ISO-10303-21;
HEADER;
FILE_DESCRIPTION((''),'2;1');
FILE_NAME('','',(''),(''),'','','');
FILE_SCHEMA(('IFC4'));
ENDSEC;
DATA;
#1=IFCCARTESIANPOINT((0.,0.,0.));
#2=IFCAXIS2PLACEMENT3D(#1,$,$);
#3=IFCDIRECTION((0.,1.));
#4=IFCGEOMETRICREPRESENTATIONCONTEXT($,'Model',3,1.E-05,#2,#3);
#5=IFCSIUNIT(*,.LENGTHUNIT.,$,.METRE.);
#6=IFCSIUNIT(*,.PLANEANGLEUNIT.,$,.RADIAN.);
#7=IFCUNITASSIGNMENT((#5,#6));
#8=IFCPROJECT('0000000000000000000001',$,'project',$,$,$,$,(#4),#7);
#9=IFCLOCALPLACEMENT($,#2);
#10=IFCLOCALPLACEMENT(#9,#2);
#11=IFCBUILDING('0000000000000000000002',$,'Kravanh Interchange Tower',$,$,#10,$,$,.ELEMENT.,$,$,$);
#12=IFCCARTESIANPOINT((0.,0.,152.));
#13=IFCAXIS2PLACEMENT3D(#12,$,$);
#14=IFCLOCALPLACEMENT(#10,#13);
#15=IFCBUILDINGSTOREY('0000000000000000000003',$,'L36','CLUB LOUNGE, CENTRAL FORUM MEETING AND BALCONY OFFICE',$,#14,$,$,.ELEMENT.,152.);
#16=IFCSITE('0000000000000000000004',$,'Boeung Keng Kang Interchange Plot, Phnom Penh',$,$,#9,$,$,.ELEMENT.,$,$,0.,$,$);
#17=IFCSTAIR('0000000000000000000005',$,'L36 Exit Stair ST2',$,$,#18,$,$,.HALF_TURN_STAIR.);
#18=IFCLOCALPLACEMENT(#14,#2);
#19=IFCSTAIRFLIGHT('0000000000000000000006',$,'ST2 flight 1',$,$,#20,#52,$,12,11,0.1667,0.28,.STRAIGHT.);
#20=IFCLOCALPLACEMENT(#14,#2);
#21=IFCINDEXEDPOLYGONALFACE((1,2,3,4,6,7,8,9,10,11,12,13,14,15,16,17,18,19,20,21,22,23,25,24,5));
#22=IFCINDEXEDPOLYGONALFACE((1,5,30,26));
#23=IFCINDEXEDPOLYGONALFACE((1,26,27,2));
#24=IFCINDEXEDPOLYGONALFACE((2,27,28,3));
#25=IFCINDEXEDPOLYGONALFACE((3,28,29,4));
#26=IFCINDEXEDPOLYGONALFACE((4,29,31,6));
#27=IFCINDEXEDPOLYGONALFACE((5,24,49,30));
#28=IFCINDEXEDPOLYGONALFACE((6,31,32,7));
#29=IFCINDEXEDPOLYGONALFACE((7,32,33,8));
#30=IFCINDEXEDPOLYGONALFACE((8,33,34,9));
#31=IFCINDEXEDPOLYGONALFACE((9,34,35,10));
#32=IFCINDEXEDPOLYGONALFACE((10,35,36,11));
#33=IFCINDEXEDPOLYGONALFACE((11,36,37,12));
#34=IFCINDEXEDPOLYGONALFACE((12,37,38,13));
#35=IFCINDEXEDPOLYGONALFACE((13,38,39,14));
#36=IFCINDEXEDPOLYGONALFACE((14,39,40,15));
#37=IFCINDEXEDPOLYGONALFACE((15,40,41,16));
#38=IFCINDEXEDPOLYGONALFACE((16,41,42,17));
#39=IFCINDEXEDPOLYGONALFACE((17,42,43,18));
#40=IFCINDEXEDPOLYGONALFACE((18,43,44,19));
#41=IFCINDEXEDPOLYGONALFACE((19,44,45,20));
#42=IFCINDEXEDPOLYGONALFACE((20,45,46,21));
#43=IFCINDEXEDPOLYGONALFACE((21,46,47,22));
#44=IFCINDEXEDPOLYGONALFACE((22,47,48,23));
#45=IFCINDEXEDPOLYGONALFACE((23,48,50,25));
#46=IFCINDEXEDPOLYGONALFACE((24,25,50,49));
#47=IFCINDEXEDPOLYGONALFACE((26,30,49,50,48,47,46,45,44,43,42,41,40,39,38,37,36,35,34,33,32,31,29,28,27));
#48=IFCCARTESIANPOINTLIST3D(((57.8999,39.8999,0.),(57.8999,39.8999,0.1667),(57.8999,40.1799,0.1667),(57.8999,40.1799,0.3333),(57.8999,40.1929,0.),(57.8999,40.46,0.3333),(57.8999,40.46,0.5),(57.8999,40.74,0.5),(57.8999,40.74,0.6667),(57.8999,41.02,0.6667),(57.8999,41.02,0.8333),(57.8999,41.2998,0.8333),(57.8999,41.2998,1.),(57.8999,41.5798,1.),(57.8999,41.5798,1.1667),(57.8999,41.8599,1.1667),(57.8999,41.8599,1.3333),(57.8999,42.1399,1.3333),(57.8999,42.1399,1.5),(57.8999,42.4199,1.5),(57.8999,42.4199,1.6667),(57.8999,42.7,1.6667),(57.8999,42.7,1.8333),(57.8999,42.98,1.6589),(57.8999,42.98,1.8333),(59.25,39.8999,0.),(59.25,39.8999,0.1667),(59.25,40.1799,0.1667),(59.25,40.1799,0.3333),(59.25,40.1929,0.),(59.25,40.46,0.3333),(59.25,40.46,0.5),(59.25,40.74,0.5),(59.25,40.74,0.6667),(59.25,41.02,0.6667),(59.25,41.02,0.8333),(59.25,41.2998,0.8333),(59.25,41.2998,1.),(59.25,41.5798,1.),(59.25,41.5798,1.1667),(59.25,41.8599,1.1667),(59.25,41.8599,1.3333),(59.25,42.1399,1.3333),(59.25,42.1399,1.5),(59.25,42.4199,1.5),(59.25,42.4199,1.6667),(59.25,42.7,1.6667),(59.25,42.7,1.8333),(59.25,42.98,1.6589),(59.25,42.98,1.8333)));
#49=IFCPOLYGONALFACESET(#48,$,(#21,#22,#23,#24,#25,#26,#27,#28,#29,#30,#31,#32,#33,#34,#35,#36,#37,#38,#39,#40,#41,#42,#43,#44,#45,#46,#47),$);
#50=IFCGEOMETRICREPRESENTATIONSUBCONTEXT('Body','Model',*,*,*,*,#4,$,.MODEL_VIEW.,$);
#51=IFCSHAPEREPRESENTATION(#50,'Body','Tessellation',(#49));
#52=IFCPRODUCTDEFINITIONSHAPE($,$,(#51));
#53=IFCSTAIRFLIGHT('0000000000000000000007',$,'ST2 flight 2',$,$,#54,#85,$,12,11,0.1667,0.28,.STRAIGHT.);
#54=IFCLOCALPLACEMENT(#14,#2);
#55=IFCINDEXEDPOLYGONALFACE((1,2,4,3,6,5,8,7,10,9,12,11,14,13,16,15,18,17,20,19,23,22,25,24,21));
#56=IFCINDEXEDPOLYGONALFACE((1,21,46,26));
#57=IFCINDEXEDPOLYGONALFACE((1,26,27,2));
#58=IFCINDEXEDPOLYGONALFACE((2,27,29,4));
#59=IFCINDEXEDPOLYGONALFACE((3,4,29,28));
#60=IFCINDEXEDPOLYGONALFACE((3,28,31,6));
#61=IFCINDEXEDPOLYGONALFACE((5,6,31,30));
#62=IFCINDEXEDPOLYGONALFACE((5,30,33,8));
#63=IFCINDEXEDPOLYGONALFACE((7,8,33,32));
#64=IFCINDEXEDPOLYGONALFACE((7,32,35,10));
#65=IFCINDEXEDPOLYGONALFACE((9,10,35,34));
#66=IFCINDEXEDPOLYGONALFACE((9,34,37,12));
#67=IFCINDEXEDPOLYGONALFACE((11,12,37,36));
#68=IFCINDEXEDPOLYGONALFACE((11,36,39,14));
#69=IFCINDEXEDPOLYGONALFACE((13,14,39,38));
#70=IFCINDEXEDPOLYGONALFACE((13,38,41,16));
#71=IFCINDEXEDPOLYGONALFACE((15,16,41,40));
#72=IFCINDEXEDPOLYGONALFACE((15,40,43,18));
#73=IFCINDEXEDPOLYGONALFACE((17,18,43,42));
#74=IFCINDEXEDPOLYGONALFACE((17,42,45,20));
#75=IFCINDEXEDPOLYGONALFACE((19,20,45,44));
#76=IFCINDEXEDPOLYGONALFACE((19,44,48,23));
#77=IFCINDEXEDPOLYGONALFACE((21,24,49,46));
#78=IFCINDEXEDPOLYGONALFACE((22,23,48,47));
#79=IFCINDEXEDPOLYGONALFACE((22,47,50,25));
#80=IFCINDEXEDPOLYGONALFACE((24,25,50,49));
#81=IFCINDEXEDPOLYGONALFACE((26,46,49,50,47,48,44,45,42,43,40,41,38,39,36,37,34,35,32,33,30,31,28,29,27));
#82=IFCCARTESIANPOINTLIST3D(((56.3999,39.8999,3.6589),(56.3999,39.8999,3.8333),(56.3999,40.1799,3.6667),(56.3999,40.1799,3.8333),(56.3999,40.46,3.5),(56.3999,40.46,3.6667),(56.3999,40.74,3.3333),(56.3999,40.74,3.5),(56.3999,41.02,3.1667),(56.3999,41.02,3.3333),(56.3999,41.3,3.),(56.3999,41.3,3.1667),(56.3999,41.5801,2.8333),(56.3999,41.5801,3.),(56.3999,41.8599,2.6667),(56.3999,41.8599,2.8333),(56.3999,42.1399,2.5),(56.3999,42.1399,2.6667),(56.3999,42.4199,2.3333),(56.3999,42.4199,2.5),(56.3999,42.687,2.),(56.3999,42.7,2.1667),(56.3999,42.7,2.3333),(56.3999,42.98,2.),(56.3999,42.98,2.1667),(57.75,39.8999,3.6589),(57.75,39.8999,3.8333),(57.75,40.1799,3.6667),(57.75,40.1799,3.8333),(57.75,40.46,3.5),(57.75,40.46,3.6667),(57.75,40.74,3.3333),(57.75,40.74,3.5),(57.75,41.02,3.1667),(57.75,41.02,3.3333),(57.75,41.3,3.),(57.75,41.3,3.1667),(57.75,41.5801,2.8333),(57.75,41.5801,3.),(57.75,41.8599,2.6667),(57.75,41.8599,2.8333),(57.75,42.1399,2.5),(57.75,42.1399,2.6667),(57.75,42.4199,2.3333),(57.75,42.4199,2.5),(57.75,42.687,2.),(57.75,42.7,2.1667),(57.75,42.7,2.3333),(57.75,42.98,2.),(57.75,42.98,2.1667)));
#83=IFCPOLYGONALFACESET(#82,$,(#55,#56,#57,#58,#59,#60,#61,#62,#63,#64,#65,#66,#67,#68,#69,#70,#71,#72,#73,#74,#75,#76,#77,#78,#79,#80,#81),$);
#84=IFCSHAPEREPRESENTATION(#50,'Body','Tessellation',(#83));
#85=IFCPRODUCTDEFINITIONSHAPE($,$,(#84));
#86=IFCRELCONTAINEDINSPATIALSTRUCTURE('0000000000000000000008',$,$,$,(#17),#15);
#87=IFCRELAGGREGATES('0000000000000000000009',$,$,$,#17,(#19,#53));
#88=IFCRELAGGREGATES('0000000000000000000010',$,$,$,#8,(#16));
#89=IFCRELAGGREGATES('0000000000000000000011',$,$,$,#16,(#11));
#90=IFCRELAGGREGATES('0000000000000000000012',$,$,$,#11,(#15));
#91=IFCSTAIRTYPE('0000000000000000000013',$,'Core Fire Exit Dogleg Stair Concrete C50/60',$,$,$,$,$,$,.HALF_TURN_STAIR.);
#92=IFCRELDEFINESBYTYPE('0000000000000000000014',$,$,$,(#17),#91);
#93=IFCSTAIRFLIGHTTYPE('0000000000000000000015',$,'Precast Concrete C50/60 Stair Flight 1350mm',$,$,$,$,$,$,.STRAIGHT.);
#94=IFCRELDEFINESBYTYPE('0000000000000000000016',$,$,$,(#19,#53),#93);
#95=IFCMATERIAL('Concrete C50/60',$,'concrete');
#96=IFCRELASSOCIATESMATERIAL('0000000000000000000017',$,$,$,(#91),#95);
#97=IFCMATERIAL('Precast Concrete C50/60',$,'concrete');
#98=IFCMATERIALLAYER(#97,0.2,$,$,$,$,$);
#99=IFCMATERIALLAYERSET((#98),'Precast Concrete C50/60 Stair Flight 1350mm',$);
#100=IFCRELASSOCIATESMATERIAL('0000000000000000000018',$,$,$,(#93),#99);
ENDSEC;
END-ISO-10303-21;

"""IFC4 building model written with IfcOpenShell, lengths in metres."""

from ifc_helpers import new_model, si_unit, direction, frame, origin, place, context, subcontext, project, spatial, polyline, outline, extrude, material, layer, layer_set, type_object, element, aggregate, save


model = new_model("IFC4")

# Units and contexts
model_context = context("Model", 3, precision=1e-05, world=origin(), true_north=direction((0.0, 1.0)))
body_context = subcontext(model_context, "Body", "Model", "MODEL_VIEW")
ifc_project = project(units=[si_unit("LENGTHUNIT", "METRE"), si_unit("PLANEANGLEUNIT", "RADIAN")], contexts=[model_context])

# Site, building, storey
site_placement = place(None, origin())
site = spatial("IfcSite", under=ifc_project, at=site_placement, Name="Boeung Keng Kang Interchange Plot, Phnom Penh", CompositionType="ELEMENT", RefElevation=0.0)
building_placement = place(site_placement, origin())
building = spatial("IfcBuilding", under=site, at=building_placement, Name="Kravanh Interchange Tower", CompositionType="ELEMENT")
storey_placement = place(building_placement, frame((0.0, 0.0, 152.0)))
storey = spatial("IfcBuildingStorey", under=building, at=storey_placement, Name="L36", Description="CLUB LOUNGE, CENTRAL FORUM MEETING AND BALCONY OFFICE", CompositionType="ELEMENT", Elevation=152.0)

# Stair, stair flights
ifc_material_1 = material(Name="Concrete C50/60", Category="concrete")
stair_type = type_object("IfcStairType", Name="Core Fire Exit Dogleg Stair Concrete C50/60", PredefinedType="HALF_TURN_STAIR", material=ifc_material_1)
ifc_material_2 = material(Name="Precast Concrete C50/60", Category="concrete")
ifc_layer_1 = layer(ifc_material_2, 0.2)
ifc_layer_set_1 = layer_set([ifc_layer_1], Name="Precast Concrete C50/60 Stair Flight 1350mm")
stair_flight_type = type_object("IfcStairFlightType", Name="Precast Concrete C50/60 Stair Flight 1350mm", PredefinedType="STRAIGHT", material=ifc_layer_set_1)
stair_1_placement = place(storey_placement, origin())
stair_1 = element("IfcStair", 1, at=stair_1_placement, inside=storey, type_object=stair_type, Name="L36 Exit Stair ST2", PredefinedType="HALF_TURN_STAIR")
stair_flight_1_placement = place(storey_placement, frame((58.575, 39.8999, 0.0), z_axis=(0.0, 0.0, 1.0), x_axis=(0.0, 1.0, 0.0)))
stair_flight_1 = element("IfcStairFlight", 2, at=stair_flight_1_placement, type_object=stair_flight_type, Name="ST2 flight 1", NumberOfRisers=12, NumberOfTreads=11, PredefinedType="STRAIGHT", RiserHeight=0.1667, TreadLength=0.28, context=body_context, shape_type="SweptSolid", body=[
    extrude(outline(polyline([(0.0, 0.0), (0.0, 0.1667), (0.28, 0.1667), (0.28, 0.3333), (0.5601, 0.3333), (0.5601, 0.5), (0.8401, 0.5), (0.8401, 0.6667), (1.1201, 0.6667), (1.1201, 0.8333), (1.3999, 0.8333), (1.3999, 1.0), (1.6799, 1.0), (1.6799, 1.1667), (1.96, 1.1667), (1.96, 1.3333), (2.24, 1.3333), (2.24, 1.5), (2.52, 1.5), (2.52, 1.6667), (2.8, 1.6667), (2.8, 1.8333), (3.0801, 1.8333), (3.0801, 2.0), (3.0801, 1.6589), (0.293, 0.0), (0.0, 0.0)])), frame((0.0, 0.675, 0.0), z_axis=(0.0, -1.0, 0.0), x_axis=(1.0, 0.0, 0.0)), (0.0, 0.0, 1.0), 1.3501),
])
stair_flight_2_placement = place(storey_placement, frame((57.075, 42.98, 2.0), z_axis=(0.0, 0.0, 1.0), x_axis=(0.0, -1.0, 0.0)))
stair_flight_2 = element("IfcStairFlight", 3, at=stair_flight_2_placement, type_object=stair_flight_type, Name="ST2 flight 2", NumberOfRisers=12, NumberOfTreads=11, PredefinedType="STRAIGHT", RiserHeight=0.1667, TreadLength=0.28, context=body_context, shape_type="SweptSolid", body=[
    extrude(outline(polyline([(0.0, 0.0), (0.0, 0.1667), (0.28, 0.1667), (0.28, 0.3333), (0.5601, 0.3333), (0.5601, 0.5), (0.8401, 0.5), (0.8401, 0.6667), (1.1201, 0.6667), (1.1201, 0.8333), (1.3999, 0.8333), (1.3999, 1.0), (1.6799, 1.0), (1.6799, 1.1667), (1.96, 1.1667), (1.96, 1.3333), (2.24, 1.3333), (2.24, 1.5), (2.52, 1.5), (2.52, 1.6667), (2.8, 1.6667), (2.8, 1.8333), (3.0801, 1.8333), (3.0801, 2.0), (3.0801, 1.6589), (0.293, 0.0), (0.0, 0.0)])), frame((0.0, 0.675, 0.0), z_axis=(0.0, -1.0, 0.0), x_axis=(1.0, 0.0, 0.0)), (0.0, 0.0, 1.0), 1.3501),
])
aggregate(stair_1, [stair_flight_1, stair_flight_2])

save(model, "model.ifc")
